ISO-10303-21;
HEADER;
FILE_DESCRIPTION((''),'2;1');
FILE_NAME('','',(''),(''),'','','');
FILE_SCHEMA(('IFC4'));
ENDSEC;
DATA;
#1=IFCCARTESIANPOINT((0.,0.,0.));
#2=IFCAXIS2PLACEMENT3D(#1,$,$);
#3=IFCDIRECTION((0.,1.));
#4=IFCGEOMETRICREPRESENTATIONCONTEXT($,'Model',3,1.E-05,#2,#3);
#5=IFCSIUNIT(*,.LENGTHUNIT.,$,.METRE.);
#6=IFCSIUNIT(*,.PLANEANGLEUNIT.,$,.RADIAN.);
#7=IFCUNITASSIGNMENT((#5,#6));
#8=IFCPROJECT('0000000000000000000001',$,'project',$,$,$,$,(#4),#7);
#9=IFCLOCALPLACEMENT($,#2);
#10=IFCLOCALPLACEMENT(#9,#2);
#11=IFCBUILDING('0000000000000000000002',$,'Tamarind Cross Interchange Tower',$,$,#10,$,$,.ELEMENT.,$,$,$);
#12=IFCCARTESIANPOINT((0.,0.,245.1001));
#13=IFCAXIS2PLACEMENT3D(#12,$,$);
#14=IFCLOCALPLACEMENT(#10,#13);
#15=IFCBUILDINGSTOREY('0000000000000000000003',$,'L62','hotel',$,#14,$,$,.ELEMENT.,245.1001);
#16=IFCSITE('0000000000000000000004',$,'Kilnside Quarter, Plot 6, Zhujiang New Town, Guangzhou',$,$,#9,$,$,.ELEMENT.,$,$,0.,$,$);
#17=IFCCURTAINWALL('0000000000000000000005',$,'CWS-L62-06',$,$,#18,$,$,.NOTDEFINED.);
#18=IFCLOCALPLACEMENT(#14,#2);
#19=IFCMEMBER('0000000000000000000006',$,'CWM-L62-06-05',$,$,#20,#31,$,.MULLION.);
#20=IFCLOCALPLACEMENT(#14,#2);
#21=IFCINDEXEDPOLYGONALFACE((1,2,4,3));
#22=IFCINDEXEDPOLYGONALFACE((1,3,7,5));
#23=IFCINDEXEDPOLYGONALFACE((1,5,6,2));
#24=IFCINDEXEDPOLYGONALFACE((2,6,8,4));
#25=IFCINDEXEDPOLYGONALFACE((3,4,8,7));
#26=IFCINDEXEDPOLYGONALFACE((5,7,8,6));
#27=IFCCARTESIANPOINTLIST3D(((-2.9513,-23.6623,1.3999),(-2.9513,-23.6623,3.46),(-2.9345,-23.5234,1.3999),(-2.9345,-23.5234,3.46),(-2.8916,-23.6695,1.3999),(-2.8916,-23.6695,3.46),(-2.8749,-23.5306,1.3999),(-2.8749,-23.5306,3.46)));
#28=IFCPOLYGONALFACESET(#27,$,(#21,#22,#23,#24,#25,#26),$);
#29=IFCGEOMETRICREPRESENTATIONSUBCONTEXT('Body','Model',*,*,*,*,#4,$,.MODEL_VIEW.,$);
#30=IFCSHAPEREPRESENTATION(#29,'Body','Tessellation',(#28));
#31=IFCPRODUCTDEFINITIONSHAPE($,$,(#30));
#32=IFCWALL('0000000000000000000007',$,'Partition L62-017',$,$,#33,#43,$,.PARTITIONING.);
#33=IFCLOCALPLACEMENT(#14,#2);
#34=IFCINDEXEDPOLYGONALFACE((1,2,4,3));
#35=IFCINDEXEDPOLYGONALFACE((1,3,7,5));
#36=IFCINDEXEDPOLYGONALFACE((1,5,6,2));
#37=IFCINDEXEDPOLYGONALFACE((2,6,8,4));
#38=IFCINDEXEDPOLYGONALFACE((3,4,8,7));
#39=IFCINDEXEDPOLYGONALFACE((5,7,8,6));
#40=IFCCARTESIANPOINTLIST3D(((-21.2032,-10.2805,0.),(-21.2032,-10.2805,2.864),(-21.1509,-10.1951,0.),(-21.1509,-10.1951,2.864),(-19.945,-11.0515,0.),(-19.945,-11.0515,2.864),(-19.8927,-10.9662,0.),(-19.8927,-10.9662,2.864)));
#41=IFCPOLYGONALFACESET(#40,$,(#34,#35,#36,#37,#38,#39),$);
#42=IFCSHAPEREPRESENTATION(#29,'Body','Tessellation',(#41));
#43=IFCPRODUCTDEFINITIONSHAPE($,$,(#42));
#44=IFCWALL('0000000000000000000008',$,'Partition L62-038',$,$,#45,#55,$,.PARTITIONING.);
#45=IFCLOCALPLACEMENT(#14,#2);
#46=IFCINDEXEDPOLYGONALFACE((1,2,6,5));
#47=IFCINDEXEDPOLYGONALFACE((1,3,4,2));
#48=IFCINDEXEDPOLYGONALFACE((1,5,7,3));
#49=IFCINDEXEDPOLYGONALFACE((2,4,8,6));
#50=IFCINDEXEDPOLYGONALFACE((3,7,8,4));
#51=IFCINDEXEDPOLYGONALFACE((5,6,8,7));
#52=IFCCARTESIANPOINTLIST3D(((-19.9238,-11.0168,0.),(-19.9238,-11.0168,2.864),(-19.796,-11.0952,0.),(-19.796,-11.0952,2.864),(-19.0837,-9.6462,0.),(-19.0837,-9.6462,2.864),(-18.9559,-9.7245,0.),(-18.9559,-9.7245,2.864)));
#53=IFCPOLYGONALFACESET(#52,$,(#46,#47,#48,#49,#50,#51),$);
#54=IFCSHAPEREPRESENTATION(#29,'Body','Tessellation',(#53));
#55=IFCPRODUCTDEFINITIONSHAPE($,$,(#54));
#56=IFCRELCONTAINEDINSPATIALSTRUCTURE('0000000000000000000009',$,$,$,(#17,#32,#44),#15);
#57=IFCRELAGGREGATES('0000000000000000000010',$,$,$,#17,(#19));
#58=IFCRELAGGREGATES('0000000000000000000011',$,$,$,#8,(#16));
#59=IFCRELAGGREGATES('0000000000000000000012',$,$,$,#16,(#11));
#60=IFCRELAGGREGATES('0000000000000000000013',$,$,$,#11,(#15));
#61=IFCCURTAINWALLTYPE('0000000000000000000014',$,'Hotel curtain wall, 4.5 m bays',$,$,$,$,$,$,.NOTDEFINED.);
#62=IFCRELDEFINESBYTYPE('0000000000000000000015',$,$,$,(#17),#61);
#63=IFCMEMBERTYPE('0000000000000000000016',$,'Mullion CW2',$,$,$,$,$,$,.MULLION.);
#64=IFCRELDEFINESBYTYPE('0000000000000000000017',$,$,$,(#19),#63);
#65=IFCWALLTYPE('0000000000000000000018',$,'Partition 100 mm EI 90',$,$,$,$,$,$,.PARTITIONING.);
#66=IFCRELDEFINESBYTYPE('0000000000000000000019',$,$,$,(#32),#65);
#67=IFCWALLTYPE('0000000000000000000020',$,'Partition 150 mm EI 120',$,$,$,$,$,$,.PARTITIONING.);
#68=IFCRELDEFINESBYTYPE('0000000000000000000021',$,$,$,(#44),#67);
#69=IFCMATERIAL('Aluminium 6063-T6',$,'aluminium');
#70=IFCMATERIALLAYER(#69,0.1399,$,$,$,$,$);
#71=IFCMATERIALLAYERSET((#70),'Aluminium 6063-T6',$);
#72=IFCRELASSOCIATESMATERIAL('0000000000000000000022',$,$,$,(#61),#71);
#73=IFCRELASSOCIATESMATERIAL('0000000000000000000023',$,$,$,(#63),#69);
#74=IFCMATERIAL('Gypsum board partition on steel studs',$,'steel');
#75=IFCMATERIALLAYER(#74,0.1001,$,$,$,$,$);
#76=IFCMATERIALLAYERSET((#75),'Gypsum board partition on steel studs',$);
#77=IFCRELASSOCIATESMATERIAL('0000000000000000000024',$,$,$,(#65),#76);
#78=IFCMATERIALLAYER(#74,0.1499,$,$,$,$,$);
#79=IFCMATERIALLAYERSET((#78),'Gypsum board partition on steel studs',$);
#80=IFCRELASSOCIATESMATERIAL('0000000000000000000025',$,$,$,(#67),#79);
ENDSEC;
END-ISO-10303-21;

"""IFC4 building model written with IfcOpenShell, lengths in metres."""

from ifc_helpers import new_model, si_unit, direction, frame, frame_2d, origin, origin_2d, place, context, subcontext, project, spatial, rectangle, extrude, material, layer, layer_set, material_profile, profile_set, type_object, element, aggregate, save


model = new_model("IFC4")

# Units and contexts
model_context = context("Model", 3, precision=1e-05, world=origin(), true_north=direction((0.0, 1.0)))
body_context = subcontext(model_context, "Body", "Model", "MODEL_VIEW")
ifc_project = project(units=[si_unit("LENGTHUNIT", "METRE"), si_unit("PLANEANGLEUNIT", "RADIAN")], contexts=[model_context])

# Site, building, storey
site_placement = place(None, origin())
site = spatial("IfcSite", under=ifc_project, at=site_placement, Name="Kilnside Quarter, Plot 6, Zhujiang New Town, Guangzhou", CompositionType="ELEMENT", RefElevation=0.0)
building_placement = place(site_placement, origin())
building = spatial("IfcBuilding", under=site, at=building_placement, Name="Tamarind Cross Interchange Tower", CompositionType="ELEMENT")
storey_placement = place(building_placement, frame((0.0, 0.0, 245.1001)))
storey = spatial("IfcBuildingStorey", under=building, at=storey_placement, Name="L62", Description="hotel", CompositionType="ELEMENT", Elevation=245.1001)

# Curtain wall, member
ifc_material_1 = material(Name="Aluminium 6063-T6", Category="aluminium")
ifc_layer_1 = layer(ifc_material_1, 0.1399)
ifc_layer_set_1 = layer_set([ifc_layer_1], Name="Aluminium 6063-T6")
curtain_wall_type = type_object("IfcCurtainWallType", Name="Hotel curtain wall, 4.5 m bays", PredefinedType="NOTDEFINED", material=ifc_layer_set_1)
curtain_wall_placement = place(storey_placement, origin())
curtain_wall = element("IfcCurtainWall", 1, at=curtain_wall_placement, inside=storey, type_object=curtain_wall_type, Name="CWS-L62-06", PredefinedType="NOTDEFINED")
ifc_material_profile_1 = material_profile(ifc_material_1, rectangle(XDim=0.0601, YDim=0.1399, at=origin_2d()), Name="Mullion CW2")
ifc_profile_set_1 = profile_set([ifc_material_profile_1], Name="Aluminium 6063-T6")
member_type = type_object("IfcMemberType", Name="Mullion CW2", PredefinedType="MULLION", material=ifc_profile_set_1)
member_1_placement = place(storey_placement, frame((-2.9131, -23.5964, 1.3999), z_axis=(0.0, 0.0, 1.0), x_axis=(0.992844, -0.119421, 0.0)))
member_1 = element("IfcMember", 2, at=member_1_placement, type_object=member_type, Name="CWM-L62-06-05", PredefinedType="MULLION", context=body_context, shape_type="SweptSolid", body=[
    extrude(rectangle(XDim=0.0601, YDim=0.1399, at=origin_2d()), origin(), (0.0, 0.0, 1.0), 2.0601),
])
aggregate(curtain_wall, [member_1])

# Walls
ifc_material_2 = material(Name="Gypsum board partition on steel studs", Category="steel")
ifc_layer_2 = layer(ifc_material_2, 0.1001)
ifc_layer_set_2 = layer_set([ifc_layer_2], Name="Gypsum board partition on steel studs")
wall_type_1 = type_object("IfcWallType", Name="Partition 100 mm EI 90", PredefinedType="PARTITIONING", material=ifc_layer_set_2)
wall_1_placement = place(storey_placement, frame((-21.177, -10.2378, 0.0), z_axis=(0.0, 0.0, 1.0), x_axis=(0.852623, -0.522527, 0.0)))
element("IfcWall", 3, at=wall_1_placement, inside=storey, type_object=wall_type_1, Name="Partition L62-017", PredefinedType="PARTITIONING", context=body_context, shape_type="SweptSolid", body=[
    extrude(rectangle(XDim=1.4756, YDim=0.1001, at=frame_2d((0.7378, 0.0))), origin(), (0.0, 0.0, 1.0), 2.864),
])
ifc_layer_3 = layer(ifc_material_2, 0.1499)
ifc_layer_set_3 = layer_set([ifc_layer_3], Name="Gypsum board partition on steel studs")
wall_type_2 = type_object("IfcWallType", Name="Partition 150 mm EI 120", PredefinedType="PARTITIONING", material=ifc_layer_set_3)
wall_2_placement = place(storey_placement, frame((-19.8599, -11.0559, 0.0), z_axis=(0.0, 0.0, 1.0), x_axis=(0.52258, 0.85259, 0.0)))
element("IfcWall", 4, at=wall_2_placement, inside=storey, type_object=wall_type_2, Name="Partition L62-038", PredefinedType="PARTITIONING", context=body_context, shape_type="SweptSolid", body=[
    extrude(rectangle(XDim=1.6077, YDim=0.1499, at=frame_2d((0.8037, 0.0))), origin(), (0.0, 0.0, 1.0), 2.864),
])

save(model, "model.ifc")
